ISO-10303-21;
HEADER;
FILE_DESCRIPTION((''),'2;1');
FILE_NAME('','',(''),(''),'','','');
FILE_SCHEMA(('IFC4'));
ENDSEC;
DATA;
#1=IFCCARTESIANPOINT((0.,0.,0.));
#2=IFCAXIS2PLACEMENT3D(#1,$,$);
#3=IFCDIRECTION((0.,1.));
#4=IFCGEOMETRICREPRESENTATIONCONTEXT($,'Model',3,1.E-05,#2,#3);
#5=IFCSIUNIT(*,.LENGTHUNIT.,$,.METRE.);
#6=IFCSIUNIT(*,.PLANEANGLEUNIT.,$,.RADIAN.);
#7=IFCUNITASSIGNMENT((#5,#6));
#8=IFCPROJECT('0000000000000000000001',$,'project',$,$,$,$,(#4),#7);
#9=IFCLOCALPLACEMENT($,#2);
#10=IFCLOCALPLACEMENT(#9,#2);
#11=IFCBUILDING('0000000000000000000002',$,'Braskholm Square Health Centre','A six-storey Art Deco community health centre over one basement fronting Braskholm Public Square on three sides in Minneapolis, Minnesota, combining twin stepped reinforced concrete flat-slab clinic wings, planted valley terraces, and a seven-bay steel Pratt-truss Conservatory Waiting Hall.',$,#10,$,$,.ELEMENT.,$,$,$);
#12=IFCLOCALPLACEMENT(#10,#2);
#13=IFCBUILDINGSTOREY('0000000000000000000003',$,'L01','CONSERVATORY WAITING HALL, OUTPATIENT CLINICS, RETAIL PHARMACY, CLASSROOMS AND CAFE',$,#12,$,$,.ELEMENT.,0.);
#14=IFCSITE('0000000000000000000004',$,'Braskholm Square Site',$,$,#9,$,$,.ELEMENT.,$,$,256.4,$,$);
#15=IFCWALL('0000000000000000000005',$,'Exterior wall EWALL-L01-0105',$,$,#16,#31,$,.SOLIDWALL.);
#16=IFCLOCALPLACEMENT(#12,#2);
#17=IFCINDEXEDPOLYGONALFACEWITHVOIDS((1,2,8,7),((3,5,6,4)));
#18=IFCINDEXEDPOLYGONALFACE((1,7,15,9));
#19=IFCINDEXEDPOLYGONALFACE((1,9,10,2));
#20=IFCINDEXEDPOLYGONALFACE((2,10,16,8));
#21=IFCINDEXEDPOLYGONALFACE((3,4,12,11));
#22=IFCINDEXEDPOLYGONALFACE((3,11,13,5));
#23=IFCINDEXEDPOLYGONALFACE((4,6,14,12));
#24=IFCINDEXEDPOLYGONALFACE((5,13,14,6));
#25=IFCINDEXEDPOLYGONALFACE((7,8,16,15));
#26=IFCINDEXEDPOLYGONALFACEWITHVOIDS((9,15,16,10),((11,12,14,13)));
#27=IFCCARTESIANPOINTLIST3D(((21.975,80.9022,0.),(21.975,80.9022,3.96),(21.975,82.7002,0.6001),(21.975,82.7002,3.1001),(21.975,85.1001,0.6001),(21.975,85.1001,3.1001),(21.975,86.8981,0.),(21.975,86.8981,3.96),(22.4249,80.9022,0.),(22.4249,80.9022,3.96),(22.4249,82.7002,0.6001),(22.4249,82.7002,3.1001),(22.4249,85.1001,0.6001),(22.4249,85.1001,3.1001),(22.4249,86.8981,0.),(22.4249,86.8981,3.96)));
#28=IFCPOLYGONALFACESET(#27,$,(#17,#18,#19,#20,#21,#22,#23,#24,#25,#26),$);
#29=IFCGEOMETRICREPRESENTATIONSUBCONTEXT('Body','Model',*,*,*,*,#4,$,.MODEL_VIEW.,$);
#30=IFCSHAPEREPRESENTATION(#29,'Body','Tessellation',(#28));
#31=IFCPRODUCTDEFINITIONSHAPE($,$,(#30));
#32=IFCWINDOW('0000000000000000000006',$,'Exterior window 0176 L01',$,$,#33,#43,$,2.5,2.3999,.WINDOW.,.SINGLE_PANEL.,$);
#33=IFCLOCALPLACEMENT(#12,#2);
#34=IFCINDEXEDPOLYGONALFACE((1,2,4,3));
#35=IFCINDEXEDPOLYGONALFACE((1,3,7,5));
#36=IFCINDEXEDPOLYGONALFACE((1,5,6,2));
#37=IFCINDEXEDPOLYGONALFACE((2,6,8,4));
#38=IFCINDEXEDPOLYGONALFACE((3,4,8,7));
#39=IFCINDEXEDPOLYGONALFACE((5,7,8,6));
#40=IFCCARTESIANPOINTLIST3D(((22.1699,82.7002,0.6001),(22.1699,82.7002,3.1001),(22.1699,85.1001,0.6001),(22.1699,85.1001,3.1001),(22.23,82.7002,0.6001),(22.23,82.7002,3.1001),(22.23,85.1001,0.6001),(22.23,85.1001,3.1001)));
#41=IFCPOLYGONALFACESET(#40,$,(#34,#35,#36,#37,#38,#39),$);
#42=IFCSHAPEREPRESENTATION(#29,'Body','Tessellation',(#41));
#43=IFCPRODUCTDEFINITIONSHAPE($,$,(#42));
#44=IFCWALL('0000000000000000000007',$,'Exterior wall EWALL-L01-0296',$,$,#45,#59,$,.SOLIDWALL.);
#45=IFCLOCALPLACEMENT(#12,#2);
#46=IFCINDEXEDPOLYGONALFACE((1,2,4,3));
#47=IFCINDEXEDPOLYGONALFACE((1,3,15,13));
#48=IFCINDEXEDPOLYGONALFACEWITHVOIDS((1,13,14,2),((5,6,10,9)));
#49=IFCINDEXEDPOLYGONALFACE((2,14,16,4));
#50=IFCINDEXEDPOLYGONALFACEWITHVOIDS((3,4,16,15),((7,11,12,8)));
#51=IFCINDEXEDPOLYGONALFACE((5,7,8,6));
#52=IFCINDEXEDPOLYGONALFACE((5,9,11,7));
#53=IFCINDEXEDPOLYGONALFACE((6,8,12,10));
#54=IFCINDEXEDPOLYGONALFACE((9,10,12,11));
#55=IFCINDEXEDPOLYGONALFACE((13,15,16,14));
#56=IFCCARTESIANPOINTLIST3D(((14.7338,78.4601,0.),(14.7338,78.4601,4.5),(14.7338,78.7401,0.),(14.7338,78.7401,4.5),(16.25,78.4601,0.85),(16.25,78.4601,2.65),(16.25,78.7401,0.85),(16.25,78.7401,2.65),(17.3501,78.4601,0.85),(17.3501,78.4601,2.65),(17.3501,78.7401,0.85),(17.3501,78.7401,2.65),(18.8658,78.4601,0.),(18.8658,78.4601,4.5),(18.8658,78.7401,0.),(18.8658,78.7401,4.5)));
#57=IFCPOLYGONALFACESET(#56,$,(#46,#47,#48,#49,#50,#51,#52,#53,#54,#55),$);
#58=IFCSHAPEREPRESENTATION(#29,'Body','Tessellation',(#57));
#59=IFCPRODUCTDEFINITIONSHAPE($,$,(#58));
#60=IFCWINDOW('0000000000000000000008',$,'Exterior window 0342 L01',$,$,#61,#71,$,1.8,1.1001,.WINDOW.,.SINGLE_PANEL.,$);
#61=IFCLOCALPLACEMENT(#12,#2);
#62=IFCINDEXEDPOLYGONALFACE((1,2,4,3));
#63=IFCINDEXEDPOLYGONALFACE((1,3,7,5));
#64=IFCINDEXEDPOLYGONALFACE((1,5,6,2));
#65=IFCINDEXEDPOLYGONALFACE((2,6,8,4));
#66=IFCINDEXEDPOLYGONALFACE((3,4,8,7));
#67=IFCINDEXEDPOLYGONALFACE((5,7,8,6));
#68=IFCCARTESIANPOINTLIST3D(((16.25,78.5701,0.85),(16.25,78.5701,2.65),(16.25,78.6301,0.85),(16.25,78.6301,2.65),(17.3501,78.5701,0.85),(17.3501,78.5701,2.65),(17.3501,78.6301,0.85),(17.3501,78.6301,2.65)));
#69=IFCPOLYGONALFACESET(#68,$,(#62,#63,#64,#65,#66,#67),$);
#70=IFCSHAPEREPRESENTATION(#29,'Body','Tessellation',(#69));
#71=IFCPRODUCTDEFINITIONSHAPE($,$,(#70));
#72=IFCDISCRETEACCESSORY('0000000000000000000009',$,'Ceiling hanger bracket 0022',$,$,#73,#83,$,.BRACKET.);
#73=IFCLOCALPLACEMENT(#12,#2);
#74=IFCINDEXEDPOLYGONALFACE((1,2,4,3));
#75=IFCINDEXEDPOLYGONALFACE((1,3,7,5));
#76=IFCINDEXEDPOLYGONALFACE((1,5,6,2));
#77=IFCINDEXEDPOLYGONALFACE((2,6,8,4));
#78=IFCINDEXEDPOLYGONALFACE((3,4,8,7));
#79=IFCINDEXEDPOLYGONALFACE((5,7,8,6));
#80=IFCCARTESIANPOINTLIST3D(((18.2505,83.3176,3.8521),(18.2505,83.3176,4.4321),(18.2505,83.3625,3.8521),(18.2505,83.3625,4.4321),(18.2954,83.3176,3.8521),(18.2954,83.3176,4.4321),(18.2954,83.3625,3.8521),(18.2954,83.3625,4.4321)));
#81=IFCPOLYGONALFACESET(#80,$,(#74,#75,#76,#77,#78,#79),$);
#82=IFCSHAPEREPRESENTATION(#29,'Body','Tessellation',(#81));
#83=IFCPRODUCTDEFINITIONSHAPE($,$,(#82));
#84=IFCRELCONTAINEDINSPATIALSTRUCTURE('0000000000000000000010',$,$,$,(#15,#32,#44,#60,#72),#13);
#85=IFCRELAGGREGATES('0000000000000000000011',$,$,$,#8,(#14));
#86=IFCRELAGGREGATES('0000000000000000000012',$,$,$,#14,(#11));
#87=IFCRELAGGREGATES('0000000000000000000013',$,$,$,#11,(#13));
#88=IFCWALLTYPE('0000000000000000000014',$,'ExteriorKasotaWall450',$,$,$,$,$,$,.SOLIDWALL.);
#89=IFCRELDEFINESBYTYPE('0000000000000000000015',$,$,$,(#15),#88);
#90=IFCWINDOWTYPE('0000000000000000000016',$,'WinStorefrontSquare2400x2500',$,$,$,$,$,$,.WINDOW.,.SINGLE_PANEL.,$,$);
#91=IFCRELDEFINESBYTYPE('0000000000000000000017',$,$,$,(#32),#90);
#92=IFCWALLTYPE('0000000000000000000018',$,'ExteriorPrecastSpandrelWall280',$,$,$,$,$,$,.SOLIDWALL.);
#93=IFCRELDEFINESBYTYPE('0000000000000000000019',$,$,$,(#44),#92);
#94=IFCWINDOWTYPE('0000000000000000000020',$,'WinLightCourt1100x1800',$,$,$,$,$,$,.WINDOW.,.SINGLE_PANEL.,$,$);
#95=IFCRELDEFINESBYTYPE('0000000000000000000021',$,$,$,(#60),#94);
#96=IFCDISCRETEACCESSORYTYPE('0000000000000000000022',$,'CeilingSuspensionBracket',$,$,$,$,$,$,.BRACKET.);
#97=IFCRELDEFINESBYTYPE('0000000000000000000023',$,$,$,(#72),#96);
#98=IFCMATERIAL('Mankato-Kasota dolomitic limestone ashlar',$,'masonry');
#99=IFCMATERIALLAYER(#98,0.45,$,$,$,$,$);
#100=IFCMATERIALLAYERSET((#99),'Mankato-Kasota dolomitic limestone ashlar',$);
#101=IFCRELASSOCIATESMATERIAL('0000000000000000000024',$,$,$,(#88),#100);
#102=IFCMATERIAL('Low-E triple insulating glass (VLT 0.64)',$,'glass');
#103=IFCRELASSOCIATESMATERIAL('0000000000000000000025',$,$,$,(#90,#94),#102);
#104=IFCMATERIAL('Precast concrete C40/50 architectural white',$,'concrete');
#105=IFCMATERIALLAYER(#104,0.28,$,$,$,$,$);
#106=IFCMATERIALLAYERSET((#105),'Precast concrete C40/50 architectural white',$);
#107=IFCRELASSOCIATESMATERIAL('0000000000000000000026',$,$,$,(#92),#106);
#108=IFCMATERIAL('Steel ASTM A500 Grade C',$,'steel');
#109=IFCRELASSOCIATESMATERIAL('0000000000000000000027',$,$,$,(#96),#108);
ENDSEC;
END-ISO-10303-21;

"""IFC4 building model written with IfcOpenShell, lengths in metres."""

from ifc_helpers import new_model, si_unit, direction, frame, frame_2d, origin, origin_with_axes, origin_2d, place, context, subcontext, project, spatial, rectangle, extrude, material, layer, layer_set, type_object, element, fill, save


model = new_model("IFC4")

# Units and contexts
model_context = context("Model", 3, precision=1e-05, world=origin(), true_north=direction((0.0, 1.0)))
body_context = subcontext(model_context, "Body", "Model", "MODEL_VIEW")
ifc_project = project(units=[si_unit("LENGTHUNIT", "METRE"), si_unit("PLANEANGLEUNIT", "RADIAN")], contexts=[model_context])

# Site, building, storey
site_placement = place(None, origin())
site = spatial("IfcSite", under=ifc_project, at=site_placement, Name="Braskholm Square Site", CompositionType="ELEMENT", RefElevation=256.4)
building_placement = place(site_placement, origin())
building = spatial("IfcBuilding", under=site, at=building_placement, Name="Braskholm Square Health Centre", Description="A six-storey Art Deco community health centre over one basement fronting Braskholm Public Square on three sides in Minneapolis, Minnesota, combining twin stepped reinforced concrete flat-slab clinic wings, planted valley terraces, and a seven-bay steel Pratt-truss Conservatory Waiting Hall.", CompositionType="ELEMENT")
storey_placement = place(building_placement, origin())
storey = spatial("IfcBuildingStorey", under=building, at=storey_placement, Name="L01", Description="CONSERVATORY WAITING HALL, OUTPATIENT CLINICS, RETAIL PHARMACY, CLASSROOMS AND CAFE", CompositionType="ELEMENT", Elevation=0.0)

# Shared definitions
ifc_material_1 = material(Name="Steel ASTM A500 Grade C", Category="steel")

# Shared definitions
ifc_material_2 = material(Name="Low-E triple insulating glass (VLT 0.64)", Category="glass")

# Shared definitions
ifc_material_3 = material(Name="Precast concrete C40/50 architectural white", Category="concrete")

# Shared definitions
ifc_material_4 = material(Name="Mankato-Kasota dolomitic limestone ashlar", Category="masonry")
ifc_layer_1 = layer(ifc_material_4, 0.45)
ifc_layer_set_1 = layer_set([ifc_layer_1], Name="Mankato-Kasota dolomitic limestone ashlar")
wall_type_1 = type_object("IfcWallType", Name="ExteriorKasotaWall450", PredefinedType="SOLIDWALL", material=ifc_layer_set_1)

# Walls, openings, windows
wall_1_placement = place(storey_placement, frame((22.2, 80.9021, 0.0), z_axis=(0.0, 0.0, 1.0), x_axis=(0.0, 1.0, 0.0)))
wall_1 = element("IfcWall", 1, at=wall_1_placement, inside=storey, type_object=wall_type_1, Name="Exterior wall EWALL-L01-0105", PredefinedType="SOLIDWALL", context=body_context, shape_type="SweptSolid", body=[
    extrude(rectangle(XDim=5.9958, YDim=0.45, at=frame_2d((2.998, 0.0))), origin(), (0.0, 0.0, 1.0), 3.96),
])
opening_1_placement = place(wall_1_placement, frame((1.7981, 0.0, 0.6001)))
opening_1 = element("IfcOpeningElement", 2, at=opening_1_placement, cuts=wall_1, PredefinedType="OPENING", context=body_context, shape_type="SweptSolid", body=[
    extrude(rectangle(XDim=2.3999, YDim=2.5, at=frame_2d((1.2, 1.25))), frame((0.0, 0.2349, 0.0), z_axis=(0.0, -1.0, 0.0), x_axis=(1.0, 0.0, 0.0)), (0.0, 0.0, 1.0), 0.47),
])
window_type_1 = type_object("IfcWindowType", Name="WinStorefrontSquare2400x2500", PartitioningType="SINGLE_PANEL", PredefinedType="WINDOW", material=ifc_material_2)
window_1_placement = place(opening_1_placement, origin_with_axes())
window_1 = element("IfcWindow", 3, at=window_1_placement, inside=storey, type_object=window_type_1, Name="Exterior window 0176 L01", OverallHeight=2.5, OverallWidth=2.3999, PartitioningType="SINGLE_PANEL", PredefinedType="WINDOW", context=body_context, shape_type="SweptSolid", body=[
    extrude(rectangle(XDim=2.3999, YDim=2.5, at=frame_2d((1.2, 1.25))), frame((0.0, 0.03, 0.0), z_axis=(0.0, -1.0, 0.0), x_axis=(1.0, 0.0, 0.0)), (0.0, 0.0, 1.0), 0.0601),
])
fill(opening_1, window_1)
ifc_layer_2 = layer(ifc_material_3, 0.28)
ifc_layer_set_2 = layer_set([ifc_layer_2], Name="Precast concrete C40/50 architectural white")
wall_type_2 = type_object("IfcWallType", Name="ExteriorPrecastSpandrelWall280", PredefinedType="SOLIDWALL", material=ifc_layer_set_2)
wall_2_placement = place(storey_placement, frame((14.7339, 78.6001, 0.0), z_axis=(0.0, 0.0, 1.0), x_axis=(1.0, 0.0, 0.0)))
wall_2 = element("IfcWall", 4, at=wall_2_placement, inside=storey, type_object=wall_type_2, Name="Exterior wall EWALL-L01-0296", PredefinedType="SOLIDWALL", context=body_context, shape_type="SweptSolid", body=[
    extrude(rectangle(XDim=4.1321, YDim=0.28, at=frame_2d((2.0659, 0.0))), origin(), (0.0, 0.0, 1.0), 4.5),
])
opening_2_placement = place(wall_2_placement, frame((1.5161, 0.0, 0.8501)))
opening_2 = element("IfcOpeningElement", 5, at=opening_2_placement, cuts=wall_2, PredefinedType="OPENING", context=body_context, shape_type="SweptSolid", body=[
    extrude(rectangle(XDim=1.1001, YDim=1.8, at=frame_2d((0.55, 0.8999))), frame((0.0, 0.1499, 0.0), z_axis=(0.0, -1.0, 0.0), x_axis=(1.0, 0.0, 0.0)), (0.0, 0.0, 1.0), 0.3),
])
window_type_2 = type_object("IfcWindowType", Name="WinLightCourt1100x1800", PartitioningType="SINGLE_PANEL", PredefinedType="WINDOW", material=ifc_material_2)
window_2_placement = place(opening_2_placement, origin_with_axes())
window_2 = element("IfcWindow", 6, at=window_2_placement, inside=storey, type_object=window_type_2, Name="Exterior window 0342 L01", OverallHeight=1.8, OverallWidth=1.1001, PartitioningType="SINGLE_PANEL", PredefinedType="WINDOW", context=body_context, shape_type="SweptSolid", body=[
    extrude(rectangle(XDim=1.1001, YDim=1.8, at=frame_2d((0.55, 0.8999))), frame((0.0, 0.03, 0.0), z_axis=(0.0, -1.0, 0.0), x_axis=(1.0, 0.0, 0.0)), (0.0, 0.0, 1.0), 0.0601),
])
fill(opening_2, window_2)

# Discrete accessory
discrete_accessory_type = type_object("IfcDiscreteAccessoryType", Name="CeilingSuspensionBracket", PredefinedType="BRACKET", material=ifc_material_1)
discrete_accessory_placement = place(storey_placement, frame((18.2729, 83.3401, 3.8521), z_axis=(0.0, 0.0, 1.0), x_axis=(1.0, 0.0, 0.0)))
element("IfcDiscreteAccessory", 7, at=discrete_accessory_placement, inside=storey, type_object=discrete_accessory_type, Name="Ceiling hanger bracket 0022", PredefinedType="BRACKET", context=body_context, shape_type="SweptSolid", body=[
    extrude(rectangle(XDim=0.0449, YDim=0.0449, at=origin_2d()), origin(), (0.0, 0.0, 1.0), 0.5801),
])

save(model, "model.ifc")
